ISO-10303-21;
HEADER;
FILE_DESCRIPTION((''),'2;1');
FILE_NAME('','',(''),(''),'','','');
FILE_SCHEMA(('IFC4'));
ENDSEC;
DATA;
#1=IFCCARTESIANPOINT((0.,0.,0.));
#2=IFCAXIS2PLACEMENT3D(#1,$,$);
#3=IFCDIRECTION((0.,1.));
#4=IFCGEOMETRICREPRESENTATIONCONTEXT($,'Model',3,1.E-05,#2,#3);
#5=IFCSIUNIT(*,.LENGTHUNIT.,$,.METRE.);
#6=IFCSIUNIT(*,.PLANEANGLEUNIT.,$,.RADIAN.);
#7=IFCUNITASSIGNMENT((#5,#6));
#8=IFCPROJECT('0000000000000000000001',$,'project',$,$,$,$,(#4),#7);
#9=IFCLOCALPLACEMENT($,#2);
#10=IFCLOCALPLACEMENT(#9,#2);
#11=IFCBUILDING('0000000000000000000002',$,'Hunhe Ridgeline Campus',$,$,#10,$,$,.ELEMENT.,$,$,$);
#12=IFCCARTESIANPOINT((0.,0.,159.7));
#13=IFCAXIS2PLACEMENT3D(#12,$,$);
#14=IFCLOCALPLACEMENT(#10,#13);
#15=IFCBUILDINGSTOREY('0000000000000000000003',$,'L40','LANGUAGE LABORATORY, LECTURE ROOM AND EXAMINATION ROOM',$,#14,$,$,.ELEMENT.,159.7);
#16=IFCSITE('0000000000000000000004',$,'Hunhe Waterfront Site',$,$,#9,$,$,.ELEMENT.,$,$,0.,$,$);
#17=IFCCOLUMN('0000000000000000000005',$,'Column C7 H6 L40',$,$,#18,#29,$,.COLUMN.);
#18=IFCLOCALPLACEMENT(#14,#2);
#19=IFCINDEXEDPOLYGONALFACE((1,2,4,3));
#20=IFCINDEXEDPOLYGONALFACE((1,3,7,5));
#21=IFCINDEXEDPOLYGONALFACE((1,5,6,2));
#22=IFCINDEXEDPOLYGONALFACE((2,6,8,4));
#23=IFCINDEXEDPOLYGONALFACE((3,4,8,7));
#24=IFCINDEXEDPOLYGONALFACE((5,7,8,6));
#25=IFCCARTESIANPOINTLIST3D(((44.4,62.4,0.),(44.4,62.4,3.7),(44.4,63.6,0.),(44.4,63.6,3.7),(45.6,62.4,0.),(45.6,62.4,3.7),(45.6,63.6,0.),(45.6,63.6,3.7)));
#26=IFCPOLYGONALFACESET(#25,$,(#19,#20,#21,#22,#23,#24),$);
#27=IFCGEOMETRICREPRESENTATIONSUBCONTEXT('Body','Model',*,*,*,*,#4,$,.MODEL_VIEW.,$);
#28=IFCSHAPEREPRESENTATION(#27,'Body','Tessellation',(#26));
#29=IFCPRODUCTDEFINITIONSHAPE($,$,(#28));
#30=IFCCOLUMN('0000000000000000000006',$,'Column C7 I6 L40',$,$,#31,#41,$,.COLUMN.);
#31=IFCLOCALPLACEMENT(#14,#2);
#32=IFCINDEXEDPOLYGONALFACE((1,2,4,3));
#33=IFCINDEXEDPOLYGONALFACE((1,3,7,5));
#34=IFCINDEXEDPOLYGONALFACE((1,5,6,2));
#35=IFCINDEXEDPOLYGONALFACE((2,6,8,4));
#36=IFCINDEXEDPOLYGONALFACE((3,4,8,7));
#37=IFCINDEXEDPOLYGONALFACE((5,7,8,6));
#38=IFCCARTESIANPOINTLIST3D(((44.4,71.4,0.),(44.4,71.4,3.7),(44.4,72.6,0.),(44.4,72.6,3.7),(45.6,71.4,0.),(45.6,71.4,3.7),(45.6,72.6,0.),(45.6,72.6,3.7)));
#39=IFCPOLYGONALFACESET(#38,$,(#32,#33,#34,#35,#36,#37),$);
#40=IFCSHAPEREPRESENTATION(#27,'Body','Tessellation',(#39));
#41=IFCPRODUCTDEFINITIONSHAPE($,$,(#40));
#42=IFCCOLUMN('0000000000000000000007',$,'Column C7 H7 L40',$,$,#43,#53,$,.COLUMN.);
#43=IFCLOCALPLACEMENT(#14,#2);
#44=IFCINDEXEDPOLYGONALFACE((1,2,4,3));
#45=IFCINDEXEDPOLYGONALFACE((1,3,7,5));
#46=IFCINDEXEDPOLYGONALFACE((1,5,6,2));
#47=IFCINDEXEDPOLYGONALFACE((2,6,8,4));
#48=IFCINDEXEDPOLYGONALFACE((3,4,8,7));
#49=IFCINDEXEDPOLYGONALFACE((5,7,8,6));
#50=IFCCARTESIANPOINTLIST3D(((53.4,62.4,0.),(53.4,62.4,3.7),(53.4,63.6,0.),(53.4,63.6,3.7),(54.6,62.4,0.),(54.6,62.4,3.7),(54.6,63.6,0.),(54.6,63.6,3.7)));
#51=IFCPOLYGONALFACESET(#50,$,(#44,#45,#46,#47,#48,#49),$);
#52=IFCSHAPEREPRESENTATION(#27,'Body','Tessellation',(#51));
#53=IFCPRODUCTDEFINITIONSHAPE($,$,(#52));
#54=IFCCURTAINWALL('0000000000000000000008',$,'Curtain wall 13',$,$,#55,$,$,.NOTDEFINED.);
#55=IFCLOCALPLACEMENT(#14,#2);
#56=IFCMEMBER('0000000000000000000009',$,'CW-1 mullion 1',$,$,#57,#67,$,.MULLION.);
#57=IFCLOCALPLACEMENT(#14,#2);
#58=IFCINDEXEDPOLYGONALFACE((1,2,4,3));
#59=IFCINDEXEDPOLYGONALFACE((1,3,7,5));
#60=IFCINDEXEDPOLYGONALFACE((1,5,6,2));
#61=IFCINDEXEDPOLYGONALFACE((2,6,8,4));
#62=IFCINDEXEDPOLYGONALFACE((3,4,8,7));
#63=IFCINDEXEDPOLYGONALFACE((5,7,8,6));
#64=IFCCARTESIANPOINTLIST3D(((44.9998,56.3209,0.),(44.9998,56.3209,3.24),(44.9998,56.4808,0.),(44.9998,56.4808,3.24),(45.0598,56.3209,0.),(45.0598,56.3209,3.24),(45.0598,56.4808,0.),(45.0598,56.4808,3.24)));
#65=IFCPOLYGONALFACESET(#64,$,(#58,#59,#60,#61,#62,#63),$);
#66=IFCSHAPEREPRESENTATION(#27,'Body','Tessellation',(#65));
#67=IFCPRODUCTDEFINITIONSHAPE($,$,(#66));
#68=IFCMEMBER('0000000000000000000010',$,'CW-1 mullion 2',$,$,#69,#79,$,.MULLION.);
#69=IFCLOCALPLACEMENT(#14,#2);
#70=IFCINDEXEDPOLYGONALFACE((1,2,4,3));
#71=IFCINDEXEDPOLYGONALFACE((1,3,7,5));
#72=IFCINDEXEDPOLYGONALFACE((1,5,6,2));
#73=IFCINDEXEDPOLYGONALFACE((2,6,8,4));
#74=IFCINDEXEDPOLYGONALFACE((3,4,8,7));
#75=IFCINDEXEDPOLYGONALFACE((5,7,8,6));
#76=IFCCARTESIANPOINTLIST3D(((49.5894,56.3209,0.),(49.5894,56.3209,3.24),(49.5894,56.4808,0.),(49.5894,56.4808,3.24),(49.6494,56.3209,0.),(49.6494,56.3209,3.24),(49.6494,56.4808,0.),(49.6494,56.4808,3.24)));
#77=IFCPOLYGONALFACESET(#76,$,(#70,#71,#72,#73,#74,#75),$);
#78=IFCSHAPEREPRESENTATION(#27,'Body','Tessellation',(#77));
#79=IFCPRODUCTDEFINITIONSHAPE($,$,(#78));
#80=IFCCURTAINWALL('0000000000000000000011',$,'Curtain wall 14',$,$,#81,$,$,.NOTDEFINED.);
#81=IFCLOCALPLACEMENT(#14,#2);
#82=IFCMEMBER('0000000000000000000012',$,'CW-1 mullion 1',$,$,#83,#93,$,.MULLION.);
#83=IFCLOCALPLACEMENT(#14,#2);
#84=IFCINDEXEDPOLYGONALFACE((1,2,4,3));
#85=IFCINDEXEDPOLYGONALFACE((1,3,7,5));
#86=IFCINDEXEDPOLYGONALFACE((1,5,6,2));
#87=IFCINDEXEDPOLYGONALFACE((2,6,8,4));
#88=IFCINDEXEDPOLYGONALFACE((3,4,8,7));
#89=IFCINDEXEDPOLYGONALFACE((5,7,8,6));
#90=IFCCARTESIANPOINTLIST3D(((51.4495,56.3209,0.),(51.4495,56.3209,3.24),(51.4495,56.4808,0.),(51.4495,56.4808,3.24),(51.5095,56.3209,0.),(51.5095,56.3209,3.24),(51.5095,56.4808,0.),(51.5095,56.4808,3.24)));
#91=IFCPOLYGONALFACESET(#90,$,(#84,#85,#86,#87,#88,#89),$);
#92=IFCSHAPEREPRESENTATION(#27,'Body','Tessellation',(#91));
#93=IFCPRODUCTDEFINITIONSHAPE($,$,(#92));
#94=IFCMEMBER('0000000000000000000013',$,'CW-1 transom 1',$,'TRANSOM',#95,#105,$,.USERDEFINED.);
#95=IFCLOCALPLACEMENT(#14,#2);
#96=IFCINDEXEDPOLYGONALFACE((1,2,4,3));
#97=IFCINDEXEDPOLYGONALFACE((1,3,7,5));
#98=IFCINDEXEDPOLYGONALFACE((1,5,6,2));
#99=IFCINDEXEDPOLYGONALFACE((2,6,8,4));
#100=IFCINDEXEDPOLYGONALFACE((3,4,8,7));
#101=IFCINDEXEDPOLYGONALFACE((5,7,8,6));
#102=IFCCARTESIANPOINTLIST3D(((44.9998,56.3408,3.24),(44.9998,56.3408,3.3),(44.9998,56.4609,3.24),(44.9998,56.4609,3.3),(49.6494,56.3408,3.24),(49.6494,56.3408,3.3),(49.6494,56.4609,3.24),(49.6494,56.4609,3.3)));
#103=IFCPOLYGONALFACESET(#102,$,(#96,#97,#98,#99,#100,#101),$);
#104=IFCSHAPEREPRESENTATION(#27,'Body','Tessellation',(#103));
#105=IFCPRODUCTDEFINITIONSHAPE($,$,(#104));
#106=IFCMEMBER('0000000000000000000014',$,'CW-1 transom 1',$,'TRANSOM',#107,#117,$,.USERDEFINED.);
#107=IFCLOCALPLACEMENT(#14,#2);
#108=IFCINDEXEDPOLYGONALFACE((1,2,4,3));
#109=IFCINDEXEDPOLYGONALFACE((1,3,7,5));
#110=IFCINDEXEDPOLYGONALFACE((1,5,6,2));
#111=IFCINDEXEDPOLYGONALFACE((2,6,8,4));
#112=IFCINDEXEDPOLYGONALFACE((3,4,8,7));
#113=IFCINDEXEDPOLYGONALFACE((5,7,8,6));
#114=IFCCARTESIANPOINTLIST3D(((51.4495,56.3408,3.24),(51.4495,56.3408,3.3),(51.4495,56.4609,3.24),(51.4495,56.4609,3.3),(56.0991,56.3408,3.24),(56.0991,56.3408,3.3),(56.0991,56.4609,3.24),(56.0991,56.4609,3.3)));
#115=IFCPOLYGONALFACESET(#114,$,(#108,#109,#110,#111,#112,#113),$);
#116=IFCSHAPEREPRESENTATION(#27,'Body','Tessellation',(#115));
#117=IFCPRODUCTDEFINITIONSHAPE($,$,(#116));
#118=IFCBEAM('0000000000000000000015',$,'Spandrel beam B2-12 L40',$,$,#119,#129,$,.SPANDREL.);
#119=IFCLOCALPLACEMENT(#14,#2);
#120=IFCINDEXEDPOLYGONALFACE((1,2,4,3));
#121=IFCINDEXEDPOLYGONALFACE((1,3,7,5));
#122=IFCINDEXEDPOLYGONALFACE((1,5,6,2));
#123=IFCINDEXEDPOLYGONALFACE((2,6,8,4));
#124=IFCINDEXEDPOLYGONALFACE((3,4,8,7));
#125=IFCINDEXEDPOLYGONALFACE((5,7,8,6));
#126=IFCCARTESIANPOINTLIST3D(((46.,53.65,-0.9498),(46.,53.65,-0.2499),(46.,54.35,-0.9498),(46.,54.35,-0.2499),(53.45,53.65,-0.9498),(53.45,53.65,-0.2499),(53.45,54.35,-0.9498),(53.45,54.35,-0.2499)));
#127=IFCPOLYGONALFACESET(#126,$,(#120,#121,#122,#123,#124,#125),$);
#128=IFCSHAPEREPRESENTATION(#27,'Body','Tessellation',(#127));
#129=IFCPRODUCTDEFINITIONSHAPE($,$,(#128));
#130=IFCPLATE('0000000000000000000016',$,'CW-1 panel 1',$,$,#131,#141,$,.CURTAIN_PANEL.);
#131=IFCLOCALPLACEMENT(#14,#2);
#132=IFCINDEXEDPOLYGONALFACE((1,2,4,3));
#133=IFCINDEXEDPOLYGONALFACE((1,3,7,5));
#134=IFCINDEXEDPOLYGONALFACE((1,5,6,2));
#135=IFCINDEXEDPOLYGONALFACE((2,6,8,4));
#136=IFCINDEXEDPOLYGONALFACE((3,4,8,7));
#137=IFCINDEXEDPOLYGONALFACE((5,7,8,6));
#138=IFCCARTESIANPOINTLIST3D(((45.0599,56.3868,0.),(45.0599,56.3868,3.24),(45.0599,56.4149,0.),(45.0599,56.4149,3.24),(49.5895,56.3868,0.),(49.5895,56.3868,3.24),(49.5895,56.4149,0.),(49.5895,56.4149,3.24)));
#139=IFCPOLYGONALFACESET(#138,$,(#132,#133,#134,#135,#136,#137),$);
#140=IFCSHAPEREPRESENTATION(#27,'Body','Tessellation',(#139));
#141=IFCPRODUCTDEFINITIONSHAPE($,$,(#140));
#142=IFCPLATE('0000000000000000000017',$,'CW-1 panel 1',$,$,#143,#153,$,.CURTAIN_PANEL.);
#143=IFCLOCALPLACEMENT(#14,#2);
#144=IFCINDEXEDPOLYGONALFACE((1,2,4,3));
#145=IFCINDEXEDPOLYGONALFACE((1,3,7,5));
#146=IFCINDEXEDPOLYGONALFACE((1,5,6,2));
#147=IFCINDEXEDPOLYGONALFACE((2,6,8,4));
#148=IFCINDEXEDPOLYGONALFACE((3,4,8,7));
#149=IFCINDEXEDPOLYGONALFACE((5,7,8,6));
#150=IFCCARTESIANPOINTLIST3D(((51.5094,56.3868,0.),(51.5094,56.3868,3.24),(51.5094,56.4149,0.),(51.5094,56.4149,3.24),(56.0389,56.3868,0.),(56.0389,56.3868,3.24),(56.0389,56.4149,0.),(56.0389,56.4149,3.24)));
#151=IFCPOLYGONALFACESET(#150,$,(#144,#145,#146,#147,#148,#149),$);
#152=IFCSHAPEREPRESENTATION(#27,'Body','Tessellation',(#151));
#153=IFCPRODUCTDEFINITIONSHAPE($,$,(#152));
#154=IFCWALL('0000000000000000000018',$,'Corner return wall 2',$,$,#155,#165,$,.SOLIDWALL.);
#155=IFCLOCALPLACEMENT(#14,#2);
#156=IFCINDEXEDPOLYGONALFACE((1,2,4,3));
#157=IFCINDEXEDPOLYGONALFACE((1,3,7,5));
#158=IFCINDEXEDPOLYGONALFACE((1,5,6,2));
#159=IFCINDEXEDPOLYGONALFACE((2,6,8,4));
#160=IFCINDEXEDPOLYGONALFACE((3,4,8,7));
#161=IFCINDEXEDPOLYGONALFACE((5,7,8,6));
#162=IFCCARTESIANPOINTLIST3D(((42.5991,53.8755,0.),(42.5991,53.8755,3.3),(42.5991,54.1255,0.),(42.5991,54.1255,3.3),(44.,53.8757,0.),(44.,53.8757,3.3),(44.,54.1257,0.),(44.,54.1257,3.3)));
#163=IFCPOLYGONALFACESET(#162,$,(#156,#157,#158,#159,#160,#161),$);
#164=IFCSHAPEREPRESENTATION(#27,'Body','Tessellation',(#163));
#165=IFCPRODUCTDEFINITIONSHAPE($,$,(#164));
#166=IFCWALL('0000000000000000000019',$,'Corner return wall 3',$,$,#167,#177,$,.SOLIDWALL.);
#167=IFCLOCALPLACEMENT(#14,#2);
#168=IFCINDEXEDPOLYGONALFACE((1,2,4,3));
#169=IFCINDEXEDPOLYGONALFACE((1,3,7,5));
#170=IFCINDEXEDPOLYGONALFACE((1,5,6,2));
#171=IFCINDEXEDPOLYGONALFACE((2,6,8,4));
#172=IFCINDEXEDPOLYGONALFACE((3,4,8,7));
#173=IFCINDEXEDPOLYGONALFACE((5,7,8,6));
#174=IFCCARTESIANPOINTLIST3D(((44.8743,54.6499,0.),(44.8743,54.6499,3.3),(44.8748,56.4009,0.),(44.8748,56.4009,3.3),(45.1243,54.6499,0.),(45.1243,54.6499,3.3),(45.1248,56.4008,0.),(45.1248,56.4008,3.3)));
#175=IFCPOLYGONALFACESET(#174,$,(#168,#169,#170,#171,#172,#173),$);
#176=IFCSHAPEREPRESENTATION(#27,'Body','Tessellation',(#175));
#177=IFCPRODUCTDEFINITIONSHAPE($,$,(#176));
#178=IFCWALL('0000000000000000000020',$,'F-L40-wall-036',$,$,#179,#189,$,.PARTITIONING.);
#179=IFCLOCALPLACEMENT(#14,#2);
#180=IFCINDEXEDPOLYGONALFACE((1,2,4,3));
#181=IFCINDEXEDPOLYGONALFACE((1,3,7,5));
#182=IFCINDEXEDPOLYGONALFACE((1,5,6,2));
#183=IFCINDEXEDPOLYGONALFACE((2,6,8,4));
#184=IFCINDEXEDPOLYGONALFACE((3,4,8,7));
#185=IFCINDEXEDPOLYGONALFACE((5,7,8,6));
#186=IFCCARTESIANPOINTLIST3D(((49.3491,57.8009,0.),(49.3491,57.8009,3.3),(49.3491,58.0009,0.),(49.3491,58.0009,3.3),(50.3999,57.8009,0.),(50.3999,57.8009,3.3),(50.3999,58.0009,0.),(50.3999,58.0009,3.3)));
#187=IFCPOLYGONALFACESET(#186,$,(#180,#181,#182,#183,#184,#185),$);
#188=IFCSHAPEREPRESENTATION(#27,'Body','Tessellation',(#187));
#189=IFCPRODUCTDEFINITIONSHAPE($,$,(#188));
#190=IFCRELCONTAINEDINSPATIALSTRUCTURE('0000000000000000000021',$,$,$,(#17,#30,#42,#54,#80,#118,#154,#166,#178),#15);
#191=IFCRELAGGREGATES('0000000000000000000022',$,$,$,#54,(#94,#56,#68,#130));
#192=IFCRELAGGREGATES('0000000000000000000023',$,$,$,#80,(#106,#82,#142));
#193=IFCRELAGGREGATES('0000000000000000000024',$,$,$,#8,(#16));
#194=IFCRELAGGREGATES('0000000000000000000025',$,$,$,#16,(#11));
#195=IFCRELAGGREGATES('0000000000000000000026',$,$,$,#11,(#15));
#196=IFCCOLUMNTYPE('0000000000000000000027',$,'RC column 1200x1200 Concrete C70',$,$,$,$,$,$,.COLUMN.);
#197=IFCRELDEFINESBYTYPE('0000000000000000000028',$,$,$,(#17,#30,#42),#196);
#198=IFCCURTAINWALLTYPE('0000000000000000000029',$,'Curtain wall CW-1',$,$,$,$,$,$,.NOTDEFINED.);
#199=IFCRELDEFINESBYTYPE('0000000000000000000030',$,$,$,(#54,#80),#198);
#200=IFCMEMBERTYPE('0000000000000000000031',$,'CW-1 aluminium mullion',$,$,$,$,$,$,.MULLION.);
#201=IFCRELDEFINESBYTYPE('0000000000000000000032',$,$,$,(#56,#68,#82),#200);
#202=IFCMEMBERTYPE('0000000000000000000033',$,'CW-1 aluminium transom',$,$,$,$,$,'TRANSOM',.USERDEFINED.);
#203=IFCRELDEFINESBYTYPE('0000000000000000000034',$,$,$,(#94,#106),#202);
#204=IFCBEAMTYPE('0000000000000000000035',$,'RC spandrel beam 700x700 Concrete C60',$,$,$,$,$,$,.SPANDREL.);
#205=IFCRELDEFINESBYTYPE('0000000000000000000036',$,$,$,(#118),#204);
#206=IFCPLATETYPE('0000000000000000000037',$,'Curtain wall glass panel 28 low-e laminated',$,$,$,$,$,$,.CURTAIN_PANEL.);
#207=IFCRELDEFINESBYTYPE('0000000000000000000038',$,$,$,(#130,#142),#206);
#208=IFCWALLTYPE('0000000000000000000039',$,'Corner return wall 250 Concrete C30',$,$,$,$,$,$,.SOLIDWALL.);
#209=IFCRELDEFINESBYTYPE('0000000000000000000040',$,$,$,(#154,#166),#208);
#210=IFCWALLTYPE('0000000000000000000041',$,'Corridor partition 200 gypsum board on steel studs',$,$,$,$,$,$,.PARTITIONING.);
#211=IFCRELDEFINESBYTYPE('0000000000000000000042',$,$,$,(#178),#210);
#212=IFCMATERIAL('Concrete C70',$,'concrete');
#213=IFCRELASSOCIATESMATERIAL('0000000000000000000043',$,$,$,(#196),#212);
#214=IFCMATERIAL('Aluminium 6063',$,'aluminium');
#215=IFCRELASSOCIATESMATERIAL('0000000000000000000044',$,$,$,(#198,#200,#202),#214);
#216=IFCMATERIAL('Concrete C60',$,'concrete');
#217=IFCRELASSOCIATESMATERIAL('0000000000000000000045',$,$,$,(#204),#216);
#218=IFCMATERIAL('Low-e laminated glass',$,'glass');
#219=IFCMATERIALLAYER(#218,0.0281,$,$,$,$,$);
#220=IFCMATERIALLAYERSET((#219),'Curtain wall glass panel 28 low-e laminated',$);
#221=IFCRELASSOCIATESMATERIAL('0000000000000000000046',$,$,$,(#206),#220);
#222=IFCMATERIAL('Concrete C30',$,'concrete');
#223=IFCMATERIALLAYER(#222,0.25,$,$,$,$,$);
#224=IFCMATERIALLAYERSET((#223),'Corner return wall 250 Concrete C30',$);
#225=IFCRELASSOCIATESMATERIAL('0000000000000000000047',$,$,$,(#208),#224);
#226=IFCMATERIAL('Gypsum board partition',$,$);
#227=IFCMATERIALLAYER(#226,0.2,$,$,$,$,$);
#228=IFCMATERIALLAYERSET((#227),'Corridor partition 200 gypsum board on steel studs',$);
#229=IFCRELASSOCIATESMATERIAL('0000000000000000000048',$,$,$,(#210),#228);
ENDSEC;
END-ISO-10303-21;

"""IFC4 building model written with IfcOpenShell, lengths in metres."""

from ifc_helpers import new_model, si_unit, direction, frame, frame_2d, origin, origin_2d, place, context, subcontext, project, spatial, rectangle, extrude, material, layer, layer_set, material_profile, profile_set, type_object, element, aggregate, save


model = new_model("IFC4")

# Units and contexts
model_context = context("Model", 3, precision=1e-05, world=origin(), true_north=direction((0.0, 1.0)))
body_context = subcontext(model_context, "Body", "Model", "MODEL_VIEW")
ifc_project = project(units=[si_unit("LENGTHUNIT", "METRE"), si_unit("PLANEANGLEUNIT", "RADIAN")], contexts=[model_context])

# Site, building, storey
site_placement = place(None, origin())
site = spatial("IfcSite", under=ifc_project, at=site_placement, Name="Hunhe Waterfront Site", CompositionType="ELEMENT", RefElevation=0.0)
building_placement = place(site_placement, origin())
building = spatial("IfcBuilding", under=site, at=building_placement, Name="Hunhe Ridgeline Campus", CompositionType="ELEMENT")
storey_placement = place(building_placement, frame((0.0, 0.0, 159.7)))
storey = spatial("IfcBuildingStorey", under=building, at=storey_placement, Name="L40", Description="LANGUAGE LABORATORY, LECTURE ROOM AND EXAMINATION ROOM", CompositionType="ELEMENT", Elevation=159.7)

# Columns
ifc_material_1 = material(Name="Concrete C70", Category="concrete")
ifc_material_profile_1 = material_profile(ifc_material_1, rectangle(XDim=1.2, YDim=1.2, at=origin_2d()))
ifc_profile_set_1 = profile_set([ifc_material_profile_1], Name="Concrete C70")
column_type = type_object("IfcColumnType", Name="RC column 1200x1200 Concrete C70", PredefinedType="COLUMN", material=ifc_profile_set_1)
for number, where, z_axis, x_axis, name in (
    (1, (45.0, 63.0, 0.0), (0.0, 0.0, 1.0), (1.0, 0.0, 0.0), "Column C7 H6 L40"),
    (2, (45.0, 72.0, 0.0), (0.0, 0.0, 1.0), (1.0, 0.0, 0.0), "Column C7 I6 L40"),
    (3, (54.0, 63.0, 0.0), (0.0, 0.0, 1.0), (1.0, 0.0, 0.0), "Column C7 H7 L40"),
):
    element("IfcColumn", number, at=place(storey_placement, frame(where, z_axis=z_axis, x_axis=x_axis)), inside=storey, type_object=column_type, Name=name, PredefinedType="COLUMN", context=body_context, shape_type="SweptSolid", body=[
        extrude(rectangle(XDim=1.2, YDim=1.2, at=origin_2d()), origin(), (0.0, 0.0, 1.0), 3.7),
    ])

# Curtain wall, members
ifc_material_2 = material(Name="Aluminium 6063", Category="aluminium")
curtain_wall_type = type_object("IfcCurtainWallType", Name="Curtain wall CW-1", PredefinedType="NOTDEFINED", material=ifc_material_2)
curtain_wall_1_placement = place(storey_placement, origin())
curtain_wall_1 = element("IfcCurtainWall", 4, at=curtain_wall_1_placement, inside=storey, type_object=curtain_wall_type, Name="Curtain wall 13", PredefinedType="NOTDEFINED")
ifc_material_profile_2 = material_profile(ifc_material_2, rectangle(XDim=0.1599, YDim=0.0601, at=origin_2d()))
ifc_profile_set_2 = profile_set([ifc_material_profile_2], Name="Aluminium 6063")
member_type_1 = type_object("IfcMemberType", Name="CW-1 aluminium mullion", PredefinedType="MULLION", material=ifc_profile_set_2)
member_1_placement = place(storey_placement, frame((45.0298, 56.4009, 0.0), z_axis=(0.0, 0.0, 1.0), x_axis=(-0.000002, 1.0, 0.0)))
member_1 = element("IfcMember", 5, at=member_1_placement, type_object=member_type_1, Name="CW-1 mullion 1", PredefinedType="MULLION", context=body_context, shape_type="SweptSolid", body=[
    extrude(rectangle(XDim=0.1599, YDim=0.0601, at=origin_2d()), origin(), (0.0, 0.0, 1.0), 3.24),
])
member_2_placement = place(storey_placement, frame((49.6194, 56.4009, 0.0), z_axis=(0.0, 0.0, 1.0), x_axis=(-0.000002, 1.0, 0.0)))
member_2 = element("IfcMember", 6, at=member_2_placement, type_object=member_type_1, Name="CW-1 mullion 2", PredefinedType="MULLION", context=body_context, shape_type="SweptSolid", body=[
    extrude(rectangle(XDim=0.1599, YDim=0.0601, at=origin_2d()), origin(), (0.0, 0.0, 1.0), 3.24),
])

# Curtain wall, member
curtain_wall_2_placement = place(storey_placement, origin())
curtain_wall_2 = element("IfcCurtainWall", 7, at=curtain_wall_2_placement, inside=storey, type_object=curtain_wall_type, Name="Curtain wall 14", PredefinedType="NOTDEFINED")
member_3_placement = place(storey_placement, frame((51.4795, 56.4009, 0.0), z_axis=(0.0, 0.0, 1.0), x_axis=(-0.000002, 1.0, 0.0)))
member_3 = element("IfcMember", 8, at=member_3_placement, type_object=member_type_1, Name="CW-1 mullion 1", PredefinedType="MULLION", context=body_context, shape_type="SweptSolid", body=[
    extrude(rectangle(XDim=0.1599, YDim=0.0601, at=origin_2d()), origin(), (0.0, 0.0, 1.0), 3.24),
])

# Members
ifc_material_profile_3 = material_profile(ifc_material_2, rectangle(XDim=0.1201, YDim=0.0601, at=origin_2d()))
ifc_profile_set_3 = profile_set([ifc_material_profile_3], Name="Aluminium 6063")
member_type_2 = type_object("IfcMemberType", Name="CW-1 aluminium transom", ElementType="TRANSOM", PredefinedType="USERDEFINED", material=ifc_profile_set_3)
member_4_placement = place(storey_placement, frame((44.9998, 56.4009, 3.27), z_axis=(1.0, 0.0, 0.0), x_axis=(0.0, 1.0, 0.0)))
member_4 = element("IfcMember", 9, at=member_4_placement, type_object=member_type_2, Name="CW-1 transom 1", ObjectType="TRANSOM", PredefinedType="USERDEFINED", context=body_context, shape_type="SweptSolid", body=[
    extrude(rectangle(XDim=0.1201, YDim=0.0601, at=origin_2d()), origin(), (0.0, 0.0, 1.0), 4.6497),
])
member_5_placement = place(storey_placement, frame((51.4495, 56.4009, 3.27), z_axis=(1.0, 0.0, 0.0), x_axis=(0.0, 1.0, 0.0)))
member_5 = element("IfcMember", 10, at=member_5_placement, type_object=member_type_2, Name="CW-1 transom 1", ObjectType="TRANSOM", PredefinedType="USERDEFINED", context=body_context, shape_type="SweptSolid", body=[
    extrude(rectangle(XDim=0.1201, YDim=0.0601, at=origin_2d()), origin(), (0.0, 0.0, 1.0), 4.6497),
])

# Beam
ifc_material_3 = material(Name="Concrete C60", Category="concrete")
ifc_material_profile_4 = material_profile(ifc_material_3, rectangle(XDim=0.7, YDim=0.7, at=origin_2d()))
ifc_profile_set_4 = profile_set([ifc_material_profile_4], Name="Concrete C60")
beam_type = type_object("IfcBeamType", Name="RC spandrel beam 700x700 Concrete C60", PredefinedType="SPANDREL", material=ifc_profile_set_4)
beam_placement = place(storey_placement, frame((46.0, 54.0, -0.5999), z_axis=(1.0, 0.0, 0.0), x_axis=(0.0, 1.0, 0.0)))
element("IfcBeam", 11, at=beam_placement, inside=storey, type_object=beam_type, Name="Spandrel beam B2-12 L40", PredefinedType="SPANDREL", context=body_context, shape_type="SweptSolid", body=[
    extrude(rectangle(XDim=0.7, YDim=0.7, at=origin_2d()), origin(), (0.0, 0.0, 1.0), 7.45),
])

# Plates
ifc_material_4 = material(Name="Low-e laminated glass", Category="glass")
ifc_layer_1 = layer(ifc_material_4, 0.0281)
ifc_layer_set_1 = layer_set([ifc_layer_1], Name="Curtain wall glass panel 28 low-e laminated")
plate_type = type_object("IfcPlateType", Name="Curtain wall glass panel 28 low-e laminated", PredefinedType="CURTAIN_PANEL", material=ifc_layer_set_1)
plate_1_placement = place(storey_placement, frame((47.3247, 56.4009, 0.0), z_axis=(0.0, 0.0, 1.0), x_axis=(1.0, 0.000002, 0.0)))
plate_1 = element("IfcPlate", 12, at=plate_1_placement, type_object=plate_type, Name="CW-1 panel 1", PredefinedType="CURTAIN_PANEL", context=body_context, shape_type="SweptSolid", body=[
    extrude(rectangle(XDim=4.5295, YDim=0.0281, at=origin_2d()), origin(), (0.0, 0.0, 1.0), 3.24),
])
aggregate(curtain_wall_1, [member_4, member_1, member_2, plate_1])
plate_2_placement = place(storey_placement, frame((53.7742, 56.4009, 0.0), z_axis=(0.0, 0.0, 1.0), x_axis=(1.0, 0.000002, 0.0)))
plate_2 = element("IfcPlate", 13, at=plate_2_placement, type_object=plate_type, Name="CW-1 panel 1", PredefinedType="CURTAIN_PANEL", context=body_context, shape_type="SweptSolid", body=[
    extrude(rectangle(XDim=4.5295, YDim=0.0281, at=origin_2d()), origin(), (0.0, 0.0, 1.0), 3.24),
])
aggregate(curtain_wall_2, [member_5, member_3, plate_2])

# Walls
ifc_material_5 = material(Name="Concrete C30", Category="concrete")
ifc_layer_2 = layer(ifc_material_5, 0.25)
ifc_layer_set_2 = layer_set([ifc_layer_2], Name="Corner return wall 250 Concrete C30")
wall_type_1 = type_object("IfcWallType", Name="Corner return wall 250 Concrete C30", PredefinedType="SOLIDWALL", material=ifc_layer_set_2)
wall_1_placement = place(storey_placement, frame((42.5991, 54.0005, 0.0), z_axis=(0.0, 0.0, 1.0), x_axis=(1.0, 0.000174, 0.0)))
element("IfcWall", 14, at=wall_1_placement, inside=storey, type_object=wall_type_1, Name="Corner return wall 2", PredefinedType="SOLIDWALL", context=body_context, shape_type="SweptSolid", body=[
    extrude(rectangle(XDim=1.4009, YDim=0.25, at=frame_2d((0.7004, 0.0))), origin(), (0.0, 0.0, 1.0), 3.3),
])
wall_2_placement = place(storey_placement, frame((44.9993, 54.6499, 0.0), z_axis=(0.0, 0.0, 1.0), x_axis=(0.000279, 1.0, 0.0)))
element("IfcWall", 15, at=wall_2_placement, inside=storey, type_object=wall_type_1, Name="Corner return wall 3", PredefinedType="SOLIDWALL", context=body_context, shape_type="SweptSolid", body=[
    extrude(rectangle(XDim=1.751, YDim=0.25, at=frame_2d((0.8755, 0.0))), origin(), (0.0, 0.0, 1.0), 3.3),
])
ifc_material_6 = material(Name="Gypsum board partition")
ifc_layer_3 = layer(ifc_material_6, 0.2)
ifc_layer_set_3 = layer_set([ifc_layer_3], Name="Corridor partition 200 gypsum board on steel studs")
wall_type_2 = type_object("IfcWallType", Name="Corridor partition 200 gypsum board on steel studs", PredefinedType="PARTITIONING", material=ifc_layer_set_3)
wall_3_placement = place(storey_placement, frame((49.3491, 57.9009, 0.0), z_axis=(0.0, 0.0, 1.0), x_axis=(1.0, 0.0, 0.0)))
element("IfcWall", 16, at=wall_3_placement, inside=storey, type_object=wall_type_2, Name="F-L40-wall-036", PredefinedType="PARTITIONING", context=body_context, shape_type="SweptSolid", body=[
    extrude(rectangle(XDim=1.0508, YDim=0.2, at=frame_2d((0.5254, 0.0))), origin(), (0.0, 0.0, 1.0), 3.3),
])

save(model, "model.ifc")
